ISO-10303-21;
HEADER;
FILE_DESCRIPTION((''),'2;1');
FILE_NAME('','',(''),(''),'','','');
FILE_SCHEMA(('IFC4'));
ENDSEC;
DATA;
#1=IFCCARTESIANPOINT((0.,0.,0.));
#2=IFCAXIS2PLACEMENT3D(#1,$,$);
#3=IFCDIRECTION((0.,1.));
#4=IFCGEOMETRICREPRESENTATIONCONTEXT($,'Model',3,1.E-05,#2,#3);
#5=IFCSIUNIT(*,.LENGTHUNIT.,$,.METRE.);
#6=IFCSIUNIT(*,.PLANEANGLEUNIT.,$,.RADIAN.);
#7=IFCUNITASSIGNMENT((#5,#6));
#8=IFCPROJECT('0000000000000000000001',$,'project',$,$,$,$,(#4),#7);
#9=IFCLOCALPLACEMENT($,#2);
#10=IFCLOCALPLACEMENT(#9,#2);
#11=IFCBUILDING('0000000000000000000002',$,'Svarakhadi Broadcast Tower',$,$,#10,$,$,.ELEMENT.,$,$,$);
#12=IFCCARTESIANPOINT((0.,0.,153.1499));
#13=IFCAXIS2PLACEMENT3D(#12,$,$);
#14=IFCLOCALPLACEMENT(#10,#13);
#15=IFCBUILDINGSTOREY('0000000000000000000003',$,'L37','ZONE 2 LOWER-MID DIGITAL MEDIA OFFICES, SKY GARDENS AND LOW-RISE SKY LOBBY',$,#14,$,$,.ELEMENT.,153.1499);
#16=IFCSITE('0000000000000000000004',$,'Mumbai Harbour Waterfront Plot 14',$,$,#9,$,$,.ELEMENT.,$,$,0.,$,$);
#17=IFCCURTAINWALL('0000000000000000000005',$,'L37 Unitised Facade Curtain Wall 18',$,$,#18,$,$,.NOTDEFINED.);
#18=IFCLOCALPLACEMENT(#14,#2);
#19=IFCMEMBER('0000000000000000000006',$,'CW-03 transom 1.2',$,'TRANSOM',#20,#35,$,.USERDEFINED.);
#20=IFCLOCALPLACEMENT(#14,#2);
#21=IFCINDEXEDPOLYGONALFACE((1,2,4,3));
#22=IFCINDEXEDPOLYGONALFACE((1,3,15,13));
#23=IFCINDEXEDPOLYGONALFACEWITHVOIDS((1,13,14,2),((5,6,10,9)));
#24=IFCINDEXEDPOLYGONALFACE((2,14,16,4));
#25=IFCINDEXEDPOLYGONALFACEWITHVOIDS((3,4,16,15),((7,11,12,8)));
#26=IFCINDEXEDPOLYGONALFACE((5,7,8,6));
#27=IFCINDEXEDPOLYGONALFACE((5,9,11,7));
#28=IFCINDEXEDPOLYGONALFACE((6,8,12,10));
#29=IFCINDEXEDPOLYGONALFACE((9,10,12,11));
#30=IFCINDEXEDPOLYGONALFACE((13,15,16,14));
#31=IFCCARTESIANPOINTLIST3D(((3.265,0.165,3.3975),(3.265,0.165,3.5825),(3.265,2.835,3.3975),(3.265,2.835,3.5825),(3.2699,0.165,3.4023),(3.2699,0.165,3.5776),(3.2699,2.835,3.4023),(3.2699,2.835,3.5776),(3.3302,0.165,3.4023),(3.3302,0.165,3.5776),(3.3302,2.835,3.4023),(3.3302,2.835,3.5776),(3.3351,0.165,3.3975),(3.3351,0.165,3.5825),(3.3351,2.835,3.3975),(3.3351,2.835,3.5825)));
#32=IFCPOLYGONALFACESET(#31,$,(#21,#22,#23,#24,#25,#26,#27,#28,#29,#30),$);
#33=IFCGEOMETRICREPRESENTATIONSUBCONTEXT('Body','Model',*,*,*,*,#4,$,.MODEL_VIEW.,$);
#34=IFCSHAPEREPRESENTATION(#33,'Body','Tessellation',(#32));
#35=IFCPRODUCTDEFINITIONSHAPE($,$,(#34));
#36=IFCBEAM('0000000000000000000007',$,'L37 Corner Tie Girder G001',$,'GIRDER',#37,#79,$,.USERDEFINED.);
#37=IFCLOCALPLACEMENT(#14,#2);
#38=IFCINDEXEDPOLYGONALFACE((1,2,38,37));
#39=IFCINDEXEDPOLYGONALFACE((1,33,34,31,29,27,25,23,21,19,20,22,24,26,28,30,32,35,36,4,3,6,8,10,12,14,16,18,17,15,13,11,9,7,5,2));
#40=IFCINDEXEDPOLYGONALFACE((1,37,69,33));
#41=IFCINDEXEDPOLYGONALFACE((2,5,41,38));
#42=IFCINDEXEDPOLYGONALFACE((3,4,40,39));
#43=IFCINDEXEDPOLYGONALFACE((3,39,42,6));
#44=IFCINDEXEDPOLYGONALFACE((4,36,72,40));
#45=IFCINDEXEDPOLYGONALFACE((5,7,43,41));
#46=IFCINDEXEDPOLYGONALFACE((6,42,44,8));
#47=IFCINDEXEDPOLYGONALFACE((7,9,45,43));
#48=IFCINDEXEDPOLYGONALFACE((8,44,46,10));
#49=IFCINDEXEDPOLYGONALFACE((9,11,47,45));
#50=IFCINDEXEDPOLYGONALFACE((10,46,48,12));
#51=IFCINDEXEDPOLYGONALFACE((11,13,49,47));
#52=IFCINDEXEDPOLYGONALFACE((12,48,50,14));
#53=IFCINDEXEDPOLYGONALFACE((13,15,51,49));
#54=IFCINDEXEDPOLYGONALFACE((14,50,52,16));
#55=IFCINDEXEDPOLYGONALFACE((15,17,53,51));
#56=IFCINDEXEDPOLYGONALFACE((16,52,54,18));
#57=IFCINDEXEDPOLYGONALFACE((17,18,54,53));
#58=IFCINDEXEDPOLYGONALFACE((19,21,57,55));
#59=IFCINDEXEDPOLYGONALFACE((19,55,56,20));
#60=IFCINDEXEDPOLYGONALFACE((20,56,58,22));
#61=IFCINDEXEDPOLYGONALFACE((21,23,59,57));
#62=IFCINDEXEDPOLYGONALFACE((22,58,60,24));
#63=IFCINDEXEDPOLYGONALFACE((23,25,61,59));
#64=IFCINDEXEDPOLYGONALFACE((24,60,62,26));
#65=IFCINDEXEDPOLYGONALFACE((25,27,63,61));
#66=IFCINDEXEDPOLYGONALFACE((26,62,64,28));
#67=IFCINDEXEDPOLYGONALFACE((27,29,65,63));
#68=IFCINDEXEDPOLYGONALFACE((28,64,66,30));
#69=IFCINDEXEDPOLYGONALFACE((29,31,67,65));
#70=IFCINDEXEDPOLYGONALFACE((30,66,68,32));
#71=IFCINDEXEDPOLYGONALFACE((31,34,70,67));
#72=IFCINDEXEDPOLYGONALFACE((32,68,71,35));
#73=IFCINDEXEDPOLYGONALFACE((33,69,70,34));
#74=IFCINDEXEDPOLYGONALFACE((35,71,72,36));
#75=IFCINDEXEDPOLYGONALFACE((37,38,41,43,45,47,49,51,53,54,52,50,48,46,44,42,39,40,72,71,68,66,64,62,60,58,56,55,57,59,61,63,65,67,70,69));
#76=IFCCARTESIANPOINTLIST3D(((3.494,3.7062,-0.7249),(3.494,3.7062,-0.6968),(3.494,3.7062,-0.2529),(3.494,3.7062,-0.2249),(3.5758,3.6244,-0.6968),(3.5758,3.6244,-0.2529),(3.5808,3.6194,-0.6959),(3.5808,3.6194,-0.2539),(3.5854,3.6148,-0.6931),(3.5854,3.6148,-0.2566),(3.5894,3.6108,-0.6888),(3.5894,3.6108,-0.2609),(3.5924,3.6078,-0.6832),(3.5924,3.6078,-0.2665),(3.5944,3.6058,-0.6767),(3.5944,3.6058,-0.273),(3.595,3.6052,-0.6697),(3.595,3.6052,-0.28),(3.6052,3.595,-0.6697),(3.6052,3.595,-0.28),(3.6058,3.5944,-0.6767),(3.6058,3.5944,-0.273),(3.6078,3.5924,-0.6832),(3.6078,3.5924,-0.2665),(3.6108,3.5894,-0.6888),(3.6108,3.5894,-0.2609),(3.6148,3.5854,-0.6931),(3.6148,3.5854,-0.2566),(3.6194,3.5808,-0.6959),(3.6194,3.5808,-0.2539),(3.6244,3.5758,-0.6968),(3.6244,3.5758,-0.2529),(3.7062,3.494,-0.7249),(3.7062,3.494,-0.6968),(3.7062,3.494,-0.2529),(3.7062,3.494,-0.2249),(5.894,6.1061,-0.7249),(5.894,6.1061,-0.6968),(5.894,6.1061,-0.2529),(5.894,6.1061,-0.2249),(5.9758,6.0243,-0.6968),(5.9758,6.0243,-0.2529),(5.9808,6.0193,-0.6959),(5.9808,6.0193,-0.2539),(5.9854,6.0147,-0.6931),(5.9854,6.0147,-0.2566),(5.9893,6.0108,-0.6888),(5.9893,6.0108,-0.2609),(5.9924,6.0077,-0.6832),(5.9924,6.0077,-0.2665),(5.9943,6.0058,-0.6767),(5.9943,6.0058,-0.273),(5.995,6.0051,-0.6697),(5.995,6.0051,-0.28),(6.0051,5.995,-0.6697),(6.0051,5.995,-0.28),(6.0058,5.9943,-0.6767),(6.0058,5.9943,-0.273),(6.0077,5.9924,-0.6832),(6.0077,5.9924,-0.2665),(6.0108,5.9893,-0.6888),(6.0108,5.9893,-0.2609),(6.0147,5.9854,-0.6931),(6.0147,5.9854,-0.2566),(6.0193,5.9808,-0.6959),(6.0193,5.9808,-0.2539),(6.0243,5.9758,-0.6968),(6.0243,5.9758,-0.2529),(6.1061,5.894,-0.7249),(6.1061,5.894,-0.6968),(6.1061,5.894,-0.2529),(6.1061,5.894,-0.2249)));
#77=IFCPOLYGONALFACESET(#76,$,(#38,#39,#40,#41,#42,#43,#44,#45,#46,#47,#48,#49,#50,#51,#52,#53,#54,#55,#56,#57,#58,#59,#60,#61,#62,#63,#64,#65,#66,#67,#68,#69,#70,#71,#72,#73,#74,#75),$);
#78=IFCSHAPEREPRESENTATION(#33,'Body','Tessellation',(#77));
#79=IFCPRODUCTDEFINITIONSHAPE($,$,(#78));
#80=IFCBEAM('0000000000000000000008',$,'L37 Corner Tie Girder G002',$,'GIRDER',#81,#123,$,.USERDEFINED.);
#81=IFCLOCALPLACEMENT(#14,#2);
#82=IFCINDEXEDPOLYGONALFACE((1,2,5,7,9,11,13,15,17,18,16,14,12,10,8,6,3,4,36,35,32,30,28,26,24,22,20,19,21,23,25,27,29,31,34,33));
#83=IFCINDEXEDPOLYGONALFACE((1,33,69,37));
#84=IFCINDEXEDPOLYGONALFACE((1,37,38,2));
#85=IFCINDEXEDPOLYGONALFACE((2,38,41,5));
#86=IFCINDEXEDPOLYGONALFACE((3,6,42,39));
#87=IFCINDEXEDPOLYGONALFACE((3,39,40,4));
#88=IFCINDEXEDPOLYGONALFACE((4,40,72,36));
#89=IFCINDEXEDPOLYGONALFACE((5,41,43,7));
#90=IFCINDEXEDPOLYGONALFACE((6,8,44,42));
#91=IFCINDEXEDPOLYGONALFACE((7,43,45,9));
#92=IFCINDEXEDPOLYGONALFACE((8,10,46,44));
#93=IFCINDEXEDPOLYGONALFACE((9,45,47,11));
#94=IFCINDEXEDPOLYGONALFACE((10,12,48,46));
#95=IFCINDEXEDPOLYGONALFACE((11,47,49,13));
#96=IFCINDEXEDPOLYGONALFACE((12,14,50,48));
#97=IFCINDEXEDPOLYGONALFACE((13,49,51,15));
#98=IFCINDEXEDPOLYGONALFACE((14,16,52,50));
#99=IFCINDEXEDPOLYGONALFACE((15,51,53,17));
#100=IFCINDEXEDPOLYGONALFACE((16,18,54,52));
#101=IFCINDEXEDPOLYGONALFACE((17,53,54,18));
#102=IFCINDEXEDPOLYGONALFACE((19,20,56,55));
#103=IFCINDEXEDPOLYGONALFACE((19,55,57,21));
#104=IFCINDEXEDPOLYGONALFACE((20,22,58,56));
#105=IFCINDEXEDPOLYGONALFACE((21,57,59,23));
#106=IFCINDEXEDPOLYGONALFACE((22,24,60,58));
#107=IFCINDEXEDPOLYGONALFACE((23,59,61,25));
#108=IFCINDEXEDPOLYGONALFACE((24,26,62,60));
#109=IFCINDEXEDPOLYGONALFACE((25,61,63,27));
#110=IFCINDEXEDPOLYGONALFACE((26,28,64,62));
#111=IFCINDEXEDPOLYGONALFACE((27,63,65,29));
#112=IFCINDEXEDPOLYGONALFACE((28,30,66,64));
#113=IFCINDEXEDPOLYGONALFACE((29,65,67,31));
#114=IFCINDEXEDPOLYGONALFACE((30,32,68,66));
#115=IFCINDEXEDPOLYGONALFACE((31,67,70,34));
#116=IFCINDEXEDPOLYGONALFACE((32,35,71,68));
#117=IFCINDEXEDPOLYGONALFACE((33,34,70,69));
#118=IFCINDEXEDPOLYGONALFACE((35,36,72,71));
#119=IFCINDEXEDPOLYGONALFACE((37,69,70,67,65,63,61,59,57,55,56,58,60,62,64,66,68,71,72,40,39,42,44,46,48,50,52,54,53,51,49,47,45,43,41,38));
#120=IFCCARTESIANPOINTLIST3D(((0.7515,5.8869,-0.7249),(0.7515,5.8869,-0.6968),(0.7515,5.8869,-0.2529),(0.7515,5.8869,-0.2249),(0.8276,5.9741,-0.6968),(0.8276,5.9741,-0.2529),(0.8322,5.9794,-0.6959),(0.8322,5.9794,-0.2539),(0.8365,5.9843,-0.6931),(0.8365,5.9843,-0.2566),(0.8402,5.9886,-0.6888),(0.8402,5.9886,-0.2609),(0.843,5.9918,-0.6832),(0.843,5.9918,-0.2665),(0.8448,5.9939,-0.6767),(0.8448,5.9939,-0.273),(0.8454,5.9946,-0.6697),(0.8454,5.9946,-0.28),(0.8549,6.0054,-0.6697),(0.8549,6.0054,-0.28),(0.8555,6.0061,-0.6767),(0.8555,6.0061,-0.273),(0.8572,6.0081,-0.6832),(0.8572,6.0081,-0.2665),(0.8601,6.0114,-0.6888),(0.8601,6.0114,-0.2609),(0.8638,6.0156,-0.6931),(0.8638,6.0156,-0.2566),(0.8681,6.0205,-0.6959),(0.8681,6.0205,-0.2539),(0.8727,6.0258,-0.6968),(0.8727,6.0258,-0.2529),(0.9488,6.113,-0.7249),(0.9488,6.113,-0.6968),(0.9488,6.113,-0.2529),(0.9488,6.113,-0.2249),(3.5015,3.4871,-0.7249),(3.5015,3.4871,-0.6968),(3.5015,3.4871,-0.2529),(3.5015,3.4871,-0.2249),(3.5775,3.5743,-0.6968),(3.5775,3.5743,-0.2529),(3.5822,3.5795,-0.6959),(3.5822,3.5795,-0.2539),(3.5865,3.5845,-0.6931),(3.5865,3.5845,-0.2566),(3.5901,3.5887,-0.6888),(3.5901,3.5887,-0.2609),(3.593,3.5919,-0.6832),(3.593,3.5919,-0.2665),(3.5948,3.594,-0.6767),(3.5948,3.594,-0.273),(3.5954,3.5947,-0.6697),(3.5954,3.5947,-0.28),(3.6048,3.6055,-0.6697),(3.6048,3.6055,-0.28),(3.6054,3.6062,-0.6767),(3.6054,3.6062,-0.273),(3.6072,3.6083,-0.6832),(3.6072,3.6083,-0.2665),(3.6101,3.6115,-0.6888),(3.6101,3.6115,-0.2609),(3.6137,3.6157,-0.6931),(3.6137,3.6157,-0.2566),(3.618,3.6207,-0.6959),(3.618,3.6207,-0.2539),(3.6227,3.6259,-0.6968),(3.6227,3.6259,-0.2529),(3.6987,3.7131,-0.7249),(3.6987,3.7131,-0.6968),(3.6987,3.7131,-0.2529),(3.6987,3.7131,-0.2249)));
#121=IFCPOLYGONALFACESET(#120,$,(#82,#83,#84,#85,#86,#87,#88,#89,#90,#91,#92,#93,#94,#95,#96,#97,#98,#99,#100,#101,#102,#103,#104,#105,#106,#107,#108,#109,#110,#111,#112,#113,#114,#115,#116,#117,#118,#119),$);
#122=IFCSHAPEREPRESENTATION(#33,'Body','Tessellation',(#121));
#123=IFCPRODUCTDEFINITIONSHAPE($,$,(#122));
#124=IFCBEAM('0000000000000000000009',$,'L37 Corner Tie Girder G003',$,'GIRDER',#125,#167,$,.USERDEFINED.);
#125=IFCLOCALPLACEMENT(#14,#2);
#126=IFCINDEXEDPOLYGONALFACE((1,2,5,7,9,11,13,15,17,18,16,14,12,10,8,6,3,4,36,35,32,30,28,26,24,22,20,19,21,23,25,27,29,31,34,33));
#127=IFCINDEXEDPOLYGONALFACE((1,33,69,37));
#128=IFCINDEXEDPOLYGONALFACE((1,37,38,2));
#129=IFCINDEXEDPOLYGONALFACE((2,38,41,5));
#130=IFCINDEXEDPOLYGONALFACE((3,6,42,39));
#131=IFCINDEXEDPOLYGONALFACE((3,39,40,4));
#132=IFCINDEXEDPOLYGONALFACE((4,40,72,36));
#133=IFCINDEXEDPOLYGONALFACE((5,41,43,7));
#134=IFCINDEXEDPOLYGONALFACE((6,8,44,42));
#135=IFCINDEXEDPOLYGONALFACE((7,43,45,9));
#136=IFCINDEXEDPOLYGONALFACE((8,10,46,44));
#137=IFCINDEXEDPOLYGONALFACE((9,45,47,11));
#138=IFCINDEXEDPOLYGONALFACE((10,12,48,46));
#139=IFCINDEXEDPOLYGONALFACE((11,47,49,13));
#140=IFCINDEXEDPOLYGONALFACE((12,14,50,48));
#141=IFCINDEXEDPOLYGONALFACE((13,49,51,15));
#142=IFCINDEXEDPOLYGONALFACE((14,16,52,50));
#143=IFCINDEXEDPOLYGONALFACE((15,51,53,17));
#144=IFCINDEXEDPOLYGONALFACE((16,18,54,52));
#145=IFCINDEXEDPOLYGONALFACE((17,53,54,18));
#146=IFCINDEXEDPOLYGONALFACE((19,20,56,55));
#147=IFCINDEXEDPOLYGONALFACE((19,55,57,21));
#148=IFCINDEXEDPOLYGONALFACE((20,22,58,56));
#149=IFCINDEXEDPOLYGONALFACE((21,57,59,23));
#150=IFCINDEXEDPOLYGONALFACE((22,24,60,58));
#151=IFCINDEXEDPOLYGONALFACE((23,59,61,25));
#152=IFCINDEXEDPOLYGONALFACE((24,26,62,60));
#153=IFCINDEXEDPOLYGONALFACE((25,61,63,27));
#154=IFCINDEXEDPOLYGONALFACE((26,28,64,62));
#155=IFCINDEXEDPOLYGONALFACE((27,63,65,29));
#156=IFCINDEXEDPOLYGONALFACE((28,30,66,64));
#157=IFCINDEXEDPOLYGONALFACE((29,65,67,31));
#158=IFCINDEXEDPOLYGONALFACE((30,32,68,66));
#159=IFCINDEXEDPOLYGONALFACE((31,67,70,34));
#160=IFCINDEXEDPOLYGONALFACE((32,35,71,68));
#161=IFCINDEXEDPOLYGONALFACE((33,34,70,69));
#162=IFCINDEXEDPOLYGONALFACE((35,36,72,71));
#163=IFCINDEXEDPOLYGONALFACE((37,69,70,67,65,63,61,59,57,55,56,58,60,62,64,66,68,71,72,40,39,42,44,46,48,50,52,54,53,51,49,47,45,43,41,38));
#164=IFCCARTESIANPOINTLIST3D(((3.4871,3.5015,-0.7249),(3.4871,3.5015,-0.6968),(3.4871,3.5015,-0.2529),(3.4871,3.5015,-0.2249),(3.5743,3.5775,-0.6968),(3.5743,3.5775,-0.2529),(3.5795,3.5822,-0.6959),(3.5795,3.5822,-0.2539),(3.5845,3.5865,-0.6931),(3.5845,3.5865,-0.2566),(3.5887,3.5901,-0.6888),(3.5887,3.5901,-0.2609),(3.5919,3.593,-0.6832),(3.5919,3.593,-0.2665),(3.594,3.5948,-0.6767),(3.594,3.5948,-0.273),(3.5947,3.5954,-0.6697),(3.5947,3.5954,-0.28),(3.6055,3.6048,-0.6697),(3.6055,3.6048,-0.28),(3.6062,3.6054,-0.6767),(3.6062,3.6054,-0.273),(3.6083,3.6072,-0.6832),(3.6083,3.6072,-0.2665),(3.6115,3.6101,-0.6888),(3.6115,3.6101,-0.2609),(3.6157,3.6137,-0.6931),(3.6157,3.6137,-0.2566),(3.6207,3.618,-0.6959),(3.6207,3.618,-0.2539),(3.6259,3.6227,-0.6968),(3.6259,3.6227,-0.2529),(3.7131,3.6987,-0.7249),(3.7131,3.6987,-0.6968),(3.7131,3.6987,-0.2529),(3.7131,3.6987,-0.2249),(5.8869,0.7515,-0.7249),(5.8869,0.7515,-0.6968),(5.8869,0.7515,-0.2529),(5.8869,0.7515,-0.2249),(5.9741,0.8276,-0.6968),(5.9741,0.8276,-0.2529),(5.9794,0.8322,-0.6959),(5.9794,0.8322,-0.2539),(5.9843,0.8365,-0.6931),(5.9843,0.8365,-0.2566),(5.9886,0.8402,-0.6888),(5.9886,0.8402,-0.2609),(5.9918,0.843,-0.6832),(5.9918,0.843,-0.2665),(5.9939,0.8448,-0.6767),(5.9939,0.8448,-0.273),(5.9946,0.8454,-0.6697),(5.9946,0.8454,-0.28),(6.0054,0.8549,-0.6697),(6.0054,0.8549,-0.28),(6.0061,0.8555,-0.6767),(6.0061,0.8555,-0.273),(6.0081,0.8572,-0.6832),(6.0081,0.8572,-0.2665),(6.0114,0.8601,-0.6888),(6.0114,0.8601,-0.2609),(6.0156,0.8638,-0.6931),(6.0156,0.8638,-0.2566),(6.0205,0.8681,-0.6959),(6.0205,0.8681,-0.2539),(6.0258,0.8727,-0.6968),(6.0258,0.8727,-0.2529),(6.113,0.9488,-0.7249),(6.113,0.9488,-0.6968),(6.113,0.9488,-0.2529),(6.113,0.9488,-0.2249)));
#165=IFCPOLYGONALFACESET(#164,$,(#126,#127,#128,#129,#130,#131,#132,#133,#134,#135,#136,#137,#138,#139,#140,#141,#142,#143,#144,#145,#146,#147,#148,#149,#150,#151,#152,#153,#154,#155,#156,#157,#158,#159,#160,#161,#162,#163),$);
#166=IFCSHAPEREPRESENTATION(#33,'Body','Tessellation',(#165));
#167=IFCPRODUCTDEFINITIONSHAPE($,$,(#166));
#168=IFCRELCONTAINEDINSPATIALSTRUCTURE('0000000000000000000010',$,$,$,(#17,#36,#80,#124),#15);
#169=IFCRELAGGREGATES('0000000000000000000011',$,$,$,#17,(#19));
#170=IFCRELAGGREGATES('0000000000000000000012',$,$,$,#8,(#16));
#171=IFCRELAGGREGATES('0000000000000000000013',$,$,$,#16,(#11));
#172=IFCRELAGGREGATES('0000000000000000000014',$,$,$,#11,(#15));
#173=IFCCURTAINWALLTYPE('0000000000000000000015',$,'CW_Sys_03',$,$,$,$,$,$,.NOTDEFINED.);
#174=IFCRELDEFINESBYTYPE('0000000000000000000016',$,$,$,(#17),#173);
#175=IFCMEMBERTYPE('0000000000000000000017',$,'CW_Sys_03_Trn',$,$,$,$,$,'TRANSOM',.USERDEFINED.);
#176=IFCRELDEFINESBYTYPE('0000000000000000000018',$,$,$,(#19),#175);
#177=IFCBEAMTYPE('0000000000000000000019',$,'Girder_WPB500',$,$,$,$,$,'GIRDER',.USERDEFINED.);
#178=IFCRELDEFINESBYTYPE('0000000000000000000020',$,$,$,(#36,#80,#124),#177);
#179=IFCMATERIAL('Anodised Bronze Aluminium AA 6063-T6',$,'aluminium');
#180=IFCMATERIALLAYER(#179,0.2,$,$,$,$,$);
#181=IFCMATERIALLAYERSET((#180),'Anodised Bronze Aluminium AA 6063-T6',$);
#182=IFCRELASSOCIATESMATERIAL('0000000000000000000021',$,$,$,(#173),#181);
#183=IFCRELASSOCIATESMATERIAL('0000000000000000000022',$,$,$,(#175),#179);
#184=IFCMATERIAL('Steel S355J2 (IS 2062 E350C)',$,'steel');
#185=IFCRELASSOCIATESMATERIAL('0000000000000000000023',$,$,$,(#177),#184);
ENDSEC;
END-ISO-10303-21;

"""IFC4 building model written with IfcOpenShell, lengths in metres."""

from ifc_helpers import new_model, si_unit, direction, frame, origin, origin_2d, place, context, subcontext, project, spatial, hollow_rectangle, i_section, extrude, material, layer, layer_set, material_profile, profile_set, type_object, element, aggregate, save


model = new_model("IFC4")

# Units and contexts
model_context = context("Model", 3, precision=1e-05, world=origin(), true_north=direction((0.0, 1.0)))
body_context = subcontext(model_context, "Body", "Model", "MODEL_VIEW")
ifc_project = project(units=[si_unit("LENGTHUNIT", "METRE"), si_unit("PLANEANGLEUNIT", "RADIAN")], contexts=[model_context])

# Site, building, storey
site_placement = place(None, origin())
site = spatial("IfcSite", under=ifc_project, at=site_placement, Name="Mumbai Harbour Waterfront Plot 14", CompositionType="ELEMENT", RefElevation=0.0)
building_placement = place(site_placement, origin())
building = spatial("IfcBuilding", under=site, at=building_placement, Name="Svarakhadi Broadcast Tower", CompositionType="ELEMENT")
storey_placement = place(building_placement, frame((0.0, 0.0, 153.1499)))
storey = spatial("IfcBuildingStorey", under=building, at=storey_placement, Name="L37", Description="ZONE 2 LOWER-MID DIGITAL MEDIA OFFICES, SKY GARDENS AND LOW-RISE SKY LOBBY", CompositionType="ELEMENT", Elevation=153.1499)

# Shared definitions
ifc_material_1 = material(Name="Anodised Bronze Aluminium AA 6063-T6", Category="aluminium")
ifc_layer_1 = layer(ifc_material_1, 0.2)
ifc_layer_set_1 = layer_set([ifc_layer_1], Name="Anodised Bronze Aluminium AA 6063-T6")
curtain_wall_type = type_object("IfcCurtainWallType", Name="CW_Sys_03", PredefinedType="NOTDEFINED", material=ifc_layer_set_1)

# Curtain wall
curtain_wall_1_placement = place(storey_placement, origin())
curtain_wall_1 = element("IfcCurtainWall", 1, at=curtain_wall_1_placement, inside=storey, type_object=curtain_wall_type, Name="L37 Unitised Facade Curtain Wall 18", PredefinedType="NOTDEFINED")

# Member
ifc_material_profile_1 = material_profile(ifc_material_1, hollow_rectangle(XDim=0.0701, YDim=0.1851, WallThickness=0.0049, at=origin_2d()), Name="ALU TRANSOM 185x70x5")
ifc_profile_set_1 = profile_set([ifc_material_profile_1], Name="Anodised Bronze Aluminium AA 6063-T6")
member_type_1 = type_object("IfcMemberType", Name="CW_Sys_03_Trn", ElementType="TRANSOM", PredefinedType="USERDEFINED", material=ifc_profile_set_1)
member_1_placement = place(storey_placement, frame((3.3, 0.165, 3.49), z_axis=(0.0, 1.0, 0.0), x_axis=(-1.0, 0.0, 0.0)))
member_1 = element("IfcMember", 2, at=member_1_placement, type_object=member_type_1, Name="CW-03 transom 1.2", ObjectType="TRANSOM", PredefinedType="USERDEFINED", context=body_context, shape_type="SweptSolid", body=[
    extrude(hollow_rectangle(XDim=0.0701, YDim=0.1851, WallThickness=0.0049, at=origin_2d()), origin(), (0.0, 0.0, 1.0), 2.6699),
])

# Beams
ifc_material_2 = material(Name="Steel S355J2 (IS 2062 E350C)", Category="steel")
ifc_material_profile_2 = material_profile(ifc_material_2, i_section(OverallWidth=0.3, OverallDepth=0.5, WebThickness=0.0144, FlangeThickness=0.0281, FilletRadius=0.0271, at=origin_2d()), Name="WPB 500x300x187")
ifc_profile_set_2 = profile_set([ifc_material_profile_2], Name="Steel S355J2 (IS 2062 E350C)")
beam_type = type_object("IfcBeamType", Name="Girder_WPB500", ElementType="GIRDER", PredefinedType="USERDEFINED", material=ifc_profile_set_2)
beam_1_placement = place(storey_placement, frame((3.6001, 3.6001, -0.4749), z_axis=(0.707107, 0.707107, 0.0), x_axis=(-0.707107, 0.707107, 0.0)))
element("IfcBeam", 3, at=beam_1_placement, inside=storey, type_object=beam_type, Name="L37 Corner Tie Girder G001", ObjectType="GIRDER", PredefinedType="USERDEFINED", context=body_context, shape_type="SweptSolid", body=[
    extrude(i_section(OverallWidth=0.3, OverallDepth=0.5, WebThickness=0.0144, FlangeThickness=0.0281, FilletRadius=0.0271, at=origin_2d()), origin(), (0.0, 0.0, 1.0), 3.394),
])
for number, where, z_axis, x_axis, name in (
    (4, (3.6001, 3.6001, -0.4749), (-0.753438, 0.657519, 0.0), (-0.657519, -0.753438, 0.0), "L37 Corner Tie Girder G002"),
    (5, (3.6001, 3.6001, -0.4749), (0.657519, -0.753438, 0.0), (0.753438, 0.657519, 0.0), "L37 Corner Tie Girder G003"),
):
    element("IfcBeam", number, at=place(storey_placement, frame(where, z_axis=z_axis, x_axis=x_axis)), inside=storey, type_object=beam_type, Name=name, ObjectType="GIRDER", PredefinedType="USERDEFINED", context=body_context, shape_type="SweptSolid", body=[
        extrude(i_section(OverallWidth=0.3, OverallDepth=0.5, WebThickness=0.0144, FlangeThickness=0.0281, FilletRadius=0.0271, at=origin_2d()), origin(), (0.0, 0.0, 1.0), 3.6499),
    ])

aggregate(curtain_wall_1, [member_1])

save(model, "model.ifc")
